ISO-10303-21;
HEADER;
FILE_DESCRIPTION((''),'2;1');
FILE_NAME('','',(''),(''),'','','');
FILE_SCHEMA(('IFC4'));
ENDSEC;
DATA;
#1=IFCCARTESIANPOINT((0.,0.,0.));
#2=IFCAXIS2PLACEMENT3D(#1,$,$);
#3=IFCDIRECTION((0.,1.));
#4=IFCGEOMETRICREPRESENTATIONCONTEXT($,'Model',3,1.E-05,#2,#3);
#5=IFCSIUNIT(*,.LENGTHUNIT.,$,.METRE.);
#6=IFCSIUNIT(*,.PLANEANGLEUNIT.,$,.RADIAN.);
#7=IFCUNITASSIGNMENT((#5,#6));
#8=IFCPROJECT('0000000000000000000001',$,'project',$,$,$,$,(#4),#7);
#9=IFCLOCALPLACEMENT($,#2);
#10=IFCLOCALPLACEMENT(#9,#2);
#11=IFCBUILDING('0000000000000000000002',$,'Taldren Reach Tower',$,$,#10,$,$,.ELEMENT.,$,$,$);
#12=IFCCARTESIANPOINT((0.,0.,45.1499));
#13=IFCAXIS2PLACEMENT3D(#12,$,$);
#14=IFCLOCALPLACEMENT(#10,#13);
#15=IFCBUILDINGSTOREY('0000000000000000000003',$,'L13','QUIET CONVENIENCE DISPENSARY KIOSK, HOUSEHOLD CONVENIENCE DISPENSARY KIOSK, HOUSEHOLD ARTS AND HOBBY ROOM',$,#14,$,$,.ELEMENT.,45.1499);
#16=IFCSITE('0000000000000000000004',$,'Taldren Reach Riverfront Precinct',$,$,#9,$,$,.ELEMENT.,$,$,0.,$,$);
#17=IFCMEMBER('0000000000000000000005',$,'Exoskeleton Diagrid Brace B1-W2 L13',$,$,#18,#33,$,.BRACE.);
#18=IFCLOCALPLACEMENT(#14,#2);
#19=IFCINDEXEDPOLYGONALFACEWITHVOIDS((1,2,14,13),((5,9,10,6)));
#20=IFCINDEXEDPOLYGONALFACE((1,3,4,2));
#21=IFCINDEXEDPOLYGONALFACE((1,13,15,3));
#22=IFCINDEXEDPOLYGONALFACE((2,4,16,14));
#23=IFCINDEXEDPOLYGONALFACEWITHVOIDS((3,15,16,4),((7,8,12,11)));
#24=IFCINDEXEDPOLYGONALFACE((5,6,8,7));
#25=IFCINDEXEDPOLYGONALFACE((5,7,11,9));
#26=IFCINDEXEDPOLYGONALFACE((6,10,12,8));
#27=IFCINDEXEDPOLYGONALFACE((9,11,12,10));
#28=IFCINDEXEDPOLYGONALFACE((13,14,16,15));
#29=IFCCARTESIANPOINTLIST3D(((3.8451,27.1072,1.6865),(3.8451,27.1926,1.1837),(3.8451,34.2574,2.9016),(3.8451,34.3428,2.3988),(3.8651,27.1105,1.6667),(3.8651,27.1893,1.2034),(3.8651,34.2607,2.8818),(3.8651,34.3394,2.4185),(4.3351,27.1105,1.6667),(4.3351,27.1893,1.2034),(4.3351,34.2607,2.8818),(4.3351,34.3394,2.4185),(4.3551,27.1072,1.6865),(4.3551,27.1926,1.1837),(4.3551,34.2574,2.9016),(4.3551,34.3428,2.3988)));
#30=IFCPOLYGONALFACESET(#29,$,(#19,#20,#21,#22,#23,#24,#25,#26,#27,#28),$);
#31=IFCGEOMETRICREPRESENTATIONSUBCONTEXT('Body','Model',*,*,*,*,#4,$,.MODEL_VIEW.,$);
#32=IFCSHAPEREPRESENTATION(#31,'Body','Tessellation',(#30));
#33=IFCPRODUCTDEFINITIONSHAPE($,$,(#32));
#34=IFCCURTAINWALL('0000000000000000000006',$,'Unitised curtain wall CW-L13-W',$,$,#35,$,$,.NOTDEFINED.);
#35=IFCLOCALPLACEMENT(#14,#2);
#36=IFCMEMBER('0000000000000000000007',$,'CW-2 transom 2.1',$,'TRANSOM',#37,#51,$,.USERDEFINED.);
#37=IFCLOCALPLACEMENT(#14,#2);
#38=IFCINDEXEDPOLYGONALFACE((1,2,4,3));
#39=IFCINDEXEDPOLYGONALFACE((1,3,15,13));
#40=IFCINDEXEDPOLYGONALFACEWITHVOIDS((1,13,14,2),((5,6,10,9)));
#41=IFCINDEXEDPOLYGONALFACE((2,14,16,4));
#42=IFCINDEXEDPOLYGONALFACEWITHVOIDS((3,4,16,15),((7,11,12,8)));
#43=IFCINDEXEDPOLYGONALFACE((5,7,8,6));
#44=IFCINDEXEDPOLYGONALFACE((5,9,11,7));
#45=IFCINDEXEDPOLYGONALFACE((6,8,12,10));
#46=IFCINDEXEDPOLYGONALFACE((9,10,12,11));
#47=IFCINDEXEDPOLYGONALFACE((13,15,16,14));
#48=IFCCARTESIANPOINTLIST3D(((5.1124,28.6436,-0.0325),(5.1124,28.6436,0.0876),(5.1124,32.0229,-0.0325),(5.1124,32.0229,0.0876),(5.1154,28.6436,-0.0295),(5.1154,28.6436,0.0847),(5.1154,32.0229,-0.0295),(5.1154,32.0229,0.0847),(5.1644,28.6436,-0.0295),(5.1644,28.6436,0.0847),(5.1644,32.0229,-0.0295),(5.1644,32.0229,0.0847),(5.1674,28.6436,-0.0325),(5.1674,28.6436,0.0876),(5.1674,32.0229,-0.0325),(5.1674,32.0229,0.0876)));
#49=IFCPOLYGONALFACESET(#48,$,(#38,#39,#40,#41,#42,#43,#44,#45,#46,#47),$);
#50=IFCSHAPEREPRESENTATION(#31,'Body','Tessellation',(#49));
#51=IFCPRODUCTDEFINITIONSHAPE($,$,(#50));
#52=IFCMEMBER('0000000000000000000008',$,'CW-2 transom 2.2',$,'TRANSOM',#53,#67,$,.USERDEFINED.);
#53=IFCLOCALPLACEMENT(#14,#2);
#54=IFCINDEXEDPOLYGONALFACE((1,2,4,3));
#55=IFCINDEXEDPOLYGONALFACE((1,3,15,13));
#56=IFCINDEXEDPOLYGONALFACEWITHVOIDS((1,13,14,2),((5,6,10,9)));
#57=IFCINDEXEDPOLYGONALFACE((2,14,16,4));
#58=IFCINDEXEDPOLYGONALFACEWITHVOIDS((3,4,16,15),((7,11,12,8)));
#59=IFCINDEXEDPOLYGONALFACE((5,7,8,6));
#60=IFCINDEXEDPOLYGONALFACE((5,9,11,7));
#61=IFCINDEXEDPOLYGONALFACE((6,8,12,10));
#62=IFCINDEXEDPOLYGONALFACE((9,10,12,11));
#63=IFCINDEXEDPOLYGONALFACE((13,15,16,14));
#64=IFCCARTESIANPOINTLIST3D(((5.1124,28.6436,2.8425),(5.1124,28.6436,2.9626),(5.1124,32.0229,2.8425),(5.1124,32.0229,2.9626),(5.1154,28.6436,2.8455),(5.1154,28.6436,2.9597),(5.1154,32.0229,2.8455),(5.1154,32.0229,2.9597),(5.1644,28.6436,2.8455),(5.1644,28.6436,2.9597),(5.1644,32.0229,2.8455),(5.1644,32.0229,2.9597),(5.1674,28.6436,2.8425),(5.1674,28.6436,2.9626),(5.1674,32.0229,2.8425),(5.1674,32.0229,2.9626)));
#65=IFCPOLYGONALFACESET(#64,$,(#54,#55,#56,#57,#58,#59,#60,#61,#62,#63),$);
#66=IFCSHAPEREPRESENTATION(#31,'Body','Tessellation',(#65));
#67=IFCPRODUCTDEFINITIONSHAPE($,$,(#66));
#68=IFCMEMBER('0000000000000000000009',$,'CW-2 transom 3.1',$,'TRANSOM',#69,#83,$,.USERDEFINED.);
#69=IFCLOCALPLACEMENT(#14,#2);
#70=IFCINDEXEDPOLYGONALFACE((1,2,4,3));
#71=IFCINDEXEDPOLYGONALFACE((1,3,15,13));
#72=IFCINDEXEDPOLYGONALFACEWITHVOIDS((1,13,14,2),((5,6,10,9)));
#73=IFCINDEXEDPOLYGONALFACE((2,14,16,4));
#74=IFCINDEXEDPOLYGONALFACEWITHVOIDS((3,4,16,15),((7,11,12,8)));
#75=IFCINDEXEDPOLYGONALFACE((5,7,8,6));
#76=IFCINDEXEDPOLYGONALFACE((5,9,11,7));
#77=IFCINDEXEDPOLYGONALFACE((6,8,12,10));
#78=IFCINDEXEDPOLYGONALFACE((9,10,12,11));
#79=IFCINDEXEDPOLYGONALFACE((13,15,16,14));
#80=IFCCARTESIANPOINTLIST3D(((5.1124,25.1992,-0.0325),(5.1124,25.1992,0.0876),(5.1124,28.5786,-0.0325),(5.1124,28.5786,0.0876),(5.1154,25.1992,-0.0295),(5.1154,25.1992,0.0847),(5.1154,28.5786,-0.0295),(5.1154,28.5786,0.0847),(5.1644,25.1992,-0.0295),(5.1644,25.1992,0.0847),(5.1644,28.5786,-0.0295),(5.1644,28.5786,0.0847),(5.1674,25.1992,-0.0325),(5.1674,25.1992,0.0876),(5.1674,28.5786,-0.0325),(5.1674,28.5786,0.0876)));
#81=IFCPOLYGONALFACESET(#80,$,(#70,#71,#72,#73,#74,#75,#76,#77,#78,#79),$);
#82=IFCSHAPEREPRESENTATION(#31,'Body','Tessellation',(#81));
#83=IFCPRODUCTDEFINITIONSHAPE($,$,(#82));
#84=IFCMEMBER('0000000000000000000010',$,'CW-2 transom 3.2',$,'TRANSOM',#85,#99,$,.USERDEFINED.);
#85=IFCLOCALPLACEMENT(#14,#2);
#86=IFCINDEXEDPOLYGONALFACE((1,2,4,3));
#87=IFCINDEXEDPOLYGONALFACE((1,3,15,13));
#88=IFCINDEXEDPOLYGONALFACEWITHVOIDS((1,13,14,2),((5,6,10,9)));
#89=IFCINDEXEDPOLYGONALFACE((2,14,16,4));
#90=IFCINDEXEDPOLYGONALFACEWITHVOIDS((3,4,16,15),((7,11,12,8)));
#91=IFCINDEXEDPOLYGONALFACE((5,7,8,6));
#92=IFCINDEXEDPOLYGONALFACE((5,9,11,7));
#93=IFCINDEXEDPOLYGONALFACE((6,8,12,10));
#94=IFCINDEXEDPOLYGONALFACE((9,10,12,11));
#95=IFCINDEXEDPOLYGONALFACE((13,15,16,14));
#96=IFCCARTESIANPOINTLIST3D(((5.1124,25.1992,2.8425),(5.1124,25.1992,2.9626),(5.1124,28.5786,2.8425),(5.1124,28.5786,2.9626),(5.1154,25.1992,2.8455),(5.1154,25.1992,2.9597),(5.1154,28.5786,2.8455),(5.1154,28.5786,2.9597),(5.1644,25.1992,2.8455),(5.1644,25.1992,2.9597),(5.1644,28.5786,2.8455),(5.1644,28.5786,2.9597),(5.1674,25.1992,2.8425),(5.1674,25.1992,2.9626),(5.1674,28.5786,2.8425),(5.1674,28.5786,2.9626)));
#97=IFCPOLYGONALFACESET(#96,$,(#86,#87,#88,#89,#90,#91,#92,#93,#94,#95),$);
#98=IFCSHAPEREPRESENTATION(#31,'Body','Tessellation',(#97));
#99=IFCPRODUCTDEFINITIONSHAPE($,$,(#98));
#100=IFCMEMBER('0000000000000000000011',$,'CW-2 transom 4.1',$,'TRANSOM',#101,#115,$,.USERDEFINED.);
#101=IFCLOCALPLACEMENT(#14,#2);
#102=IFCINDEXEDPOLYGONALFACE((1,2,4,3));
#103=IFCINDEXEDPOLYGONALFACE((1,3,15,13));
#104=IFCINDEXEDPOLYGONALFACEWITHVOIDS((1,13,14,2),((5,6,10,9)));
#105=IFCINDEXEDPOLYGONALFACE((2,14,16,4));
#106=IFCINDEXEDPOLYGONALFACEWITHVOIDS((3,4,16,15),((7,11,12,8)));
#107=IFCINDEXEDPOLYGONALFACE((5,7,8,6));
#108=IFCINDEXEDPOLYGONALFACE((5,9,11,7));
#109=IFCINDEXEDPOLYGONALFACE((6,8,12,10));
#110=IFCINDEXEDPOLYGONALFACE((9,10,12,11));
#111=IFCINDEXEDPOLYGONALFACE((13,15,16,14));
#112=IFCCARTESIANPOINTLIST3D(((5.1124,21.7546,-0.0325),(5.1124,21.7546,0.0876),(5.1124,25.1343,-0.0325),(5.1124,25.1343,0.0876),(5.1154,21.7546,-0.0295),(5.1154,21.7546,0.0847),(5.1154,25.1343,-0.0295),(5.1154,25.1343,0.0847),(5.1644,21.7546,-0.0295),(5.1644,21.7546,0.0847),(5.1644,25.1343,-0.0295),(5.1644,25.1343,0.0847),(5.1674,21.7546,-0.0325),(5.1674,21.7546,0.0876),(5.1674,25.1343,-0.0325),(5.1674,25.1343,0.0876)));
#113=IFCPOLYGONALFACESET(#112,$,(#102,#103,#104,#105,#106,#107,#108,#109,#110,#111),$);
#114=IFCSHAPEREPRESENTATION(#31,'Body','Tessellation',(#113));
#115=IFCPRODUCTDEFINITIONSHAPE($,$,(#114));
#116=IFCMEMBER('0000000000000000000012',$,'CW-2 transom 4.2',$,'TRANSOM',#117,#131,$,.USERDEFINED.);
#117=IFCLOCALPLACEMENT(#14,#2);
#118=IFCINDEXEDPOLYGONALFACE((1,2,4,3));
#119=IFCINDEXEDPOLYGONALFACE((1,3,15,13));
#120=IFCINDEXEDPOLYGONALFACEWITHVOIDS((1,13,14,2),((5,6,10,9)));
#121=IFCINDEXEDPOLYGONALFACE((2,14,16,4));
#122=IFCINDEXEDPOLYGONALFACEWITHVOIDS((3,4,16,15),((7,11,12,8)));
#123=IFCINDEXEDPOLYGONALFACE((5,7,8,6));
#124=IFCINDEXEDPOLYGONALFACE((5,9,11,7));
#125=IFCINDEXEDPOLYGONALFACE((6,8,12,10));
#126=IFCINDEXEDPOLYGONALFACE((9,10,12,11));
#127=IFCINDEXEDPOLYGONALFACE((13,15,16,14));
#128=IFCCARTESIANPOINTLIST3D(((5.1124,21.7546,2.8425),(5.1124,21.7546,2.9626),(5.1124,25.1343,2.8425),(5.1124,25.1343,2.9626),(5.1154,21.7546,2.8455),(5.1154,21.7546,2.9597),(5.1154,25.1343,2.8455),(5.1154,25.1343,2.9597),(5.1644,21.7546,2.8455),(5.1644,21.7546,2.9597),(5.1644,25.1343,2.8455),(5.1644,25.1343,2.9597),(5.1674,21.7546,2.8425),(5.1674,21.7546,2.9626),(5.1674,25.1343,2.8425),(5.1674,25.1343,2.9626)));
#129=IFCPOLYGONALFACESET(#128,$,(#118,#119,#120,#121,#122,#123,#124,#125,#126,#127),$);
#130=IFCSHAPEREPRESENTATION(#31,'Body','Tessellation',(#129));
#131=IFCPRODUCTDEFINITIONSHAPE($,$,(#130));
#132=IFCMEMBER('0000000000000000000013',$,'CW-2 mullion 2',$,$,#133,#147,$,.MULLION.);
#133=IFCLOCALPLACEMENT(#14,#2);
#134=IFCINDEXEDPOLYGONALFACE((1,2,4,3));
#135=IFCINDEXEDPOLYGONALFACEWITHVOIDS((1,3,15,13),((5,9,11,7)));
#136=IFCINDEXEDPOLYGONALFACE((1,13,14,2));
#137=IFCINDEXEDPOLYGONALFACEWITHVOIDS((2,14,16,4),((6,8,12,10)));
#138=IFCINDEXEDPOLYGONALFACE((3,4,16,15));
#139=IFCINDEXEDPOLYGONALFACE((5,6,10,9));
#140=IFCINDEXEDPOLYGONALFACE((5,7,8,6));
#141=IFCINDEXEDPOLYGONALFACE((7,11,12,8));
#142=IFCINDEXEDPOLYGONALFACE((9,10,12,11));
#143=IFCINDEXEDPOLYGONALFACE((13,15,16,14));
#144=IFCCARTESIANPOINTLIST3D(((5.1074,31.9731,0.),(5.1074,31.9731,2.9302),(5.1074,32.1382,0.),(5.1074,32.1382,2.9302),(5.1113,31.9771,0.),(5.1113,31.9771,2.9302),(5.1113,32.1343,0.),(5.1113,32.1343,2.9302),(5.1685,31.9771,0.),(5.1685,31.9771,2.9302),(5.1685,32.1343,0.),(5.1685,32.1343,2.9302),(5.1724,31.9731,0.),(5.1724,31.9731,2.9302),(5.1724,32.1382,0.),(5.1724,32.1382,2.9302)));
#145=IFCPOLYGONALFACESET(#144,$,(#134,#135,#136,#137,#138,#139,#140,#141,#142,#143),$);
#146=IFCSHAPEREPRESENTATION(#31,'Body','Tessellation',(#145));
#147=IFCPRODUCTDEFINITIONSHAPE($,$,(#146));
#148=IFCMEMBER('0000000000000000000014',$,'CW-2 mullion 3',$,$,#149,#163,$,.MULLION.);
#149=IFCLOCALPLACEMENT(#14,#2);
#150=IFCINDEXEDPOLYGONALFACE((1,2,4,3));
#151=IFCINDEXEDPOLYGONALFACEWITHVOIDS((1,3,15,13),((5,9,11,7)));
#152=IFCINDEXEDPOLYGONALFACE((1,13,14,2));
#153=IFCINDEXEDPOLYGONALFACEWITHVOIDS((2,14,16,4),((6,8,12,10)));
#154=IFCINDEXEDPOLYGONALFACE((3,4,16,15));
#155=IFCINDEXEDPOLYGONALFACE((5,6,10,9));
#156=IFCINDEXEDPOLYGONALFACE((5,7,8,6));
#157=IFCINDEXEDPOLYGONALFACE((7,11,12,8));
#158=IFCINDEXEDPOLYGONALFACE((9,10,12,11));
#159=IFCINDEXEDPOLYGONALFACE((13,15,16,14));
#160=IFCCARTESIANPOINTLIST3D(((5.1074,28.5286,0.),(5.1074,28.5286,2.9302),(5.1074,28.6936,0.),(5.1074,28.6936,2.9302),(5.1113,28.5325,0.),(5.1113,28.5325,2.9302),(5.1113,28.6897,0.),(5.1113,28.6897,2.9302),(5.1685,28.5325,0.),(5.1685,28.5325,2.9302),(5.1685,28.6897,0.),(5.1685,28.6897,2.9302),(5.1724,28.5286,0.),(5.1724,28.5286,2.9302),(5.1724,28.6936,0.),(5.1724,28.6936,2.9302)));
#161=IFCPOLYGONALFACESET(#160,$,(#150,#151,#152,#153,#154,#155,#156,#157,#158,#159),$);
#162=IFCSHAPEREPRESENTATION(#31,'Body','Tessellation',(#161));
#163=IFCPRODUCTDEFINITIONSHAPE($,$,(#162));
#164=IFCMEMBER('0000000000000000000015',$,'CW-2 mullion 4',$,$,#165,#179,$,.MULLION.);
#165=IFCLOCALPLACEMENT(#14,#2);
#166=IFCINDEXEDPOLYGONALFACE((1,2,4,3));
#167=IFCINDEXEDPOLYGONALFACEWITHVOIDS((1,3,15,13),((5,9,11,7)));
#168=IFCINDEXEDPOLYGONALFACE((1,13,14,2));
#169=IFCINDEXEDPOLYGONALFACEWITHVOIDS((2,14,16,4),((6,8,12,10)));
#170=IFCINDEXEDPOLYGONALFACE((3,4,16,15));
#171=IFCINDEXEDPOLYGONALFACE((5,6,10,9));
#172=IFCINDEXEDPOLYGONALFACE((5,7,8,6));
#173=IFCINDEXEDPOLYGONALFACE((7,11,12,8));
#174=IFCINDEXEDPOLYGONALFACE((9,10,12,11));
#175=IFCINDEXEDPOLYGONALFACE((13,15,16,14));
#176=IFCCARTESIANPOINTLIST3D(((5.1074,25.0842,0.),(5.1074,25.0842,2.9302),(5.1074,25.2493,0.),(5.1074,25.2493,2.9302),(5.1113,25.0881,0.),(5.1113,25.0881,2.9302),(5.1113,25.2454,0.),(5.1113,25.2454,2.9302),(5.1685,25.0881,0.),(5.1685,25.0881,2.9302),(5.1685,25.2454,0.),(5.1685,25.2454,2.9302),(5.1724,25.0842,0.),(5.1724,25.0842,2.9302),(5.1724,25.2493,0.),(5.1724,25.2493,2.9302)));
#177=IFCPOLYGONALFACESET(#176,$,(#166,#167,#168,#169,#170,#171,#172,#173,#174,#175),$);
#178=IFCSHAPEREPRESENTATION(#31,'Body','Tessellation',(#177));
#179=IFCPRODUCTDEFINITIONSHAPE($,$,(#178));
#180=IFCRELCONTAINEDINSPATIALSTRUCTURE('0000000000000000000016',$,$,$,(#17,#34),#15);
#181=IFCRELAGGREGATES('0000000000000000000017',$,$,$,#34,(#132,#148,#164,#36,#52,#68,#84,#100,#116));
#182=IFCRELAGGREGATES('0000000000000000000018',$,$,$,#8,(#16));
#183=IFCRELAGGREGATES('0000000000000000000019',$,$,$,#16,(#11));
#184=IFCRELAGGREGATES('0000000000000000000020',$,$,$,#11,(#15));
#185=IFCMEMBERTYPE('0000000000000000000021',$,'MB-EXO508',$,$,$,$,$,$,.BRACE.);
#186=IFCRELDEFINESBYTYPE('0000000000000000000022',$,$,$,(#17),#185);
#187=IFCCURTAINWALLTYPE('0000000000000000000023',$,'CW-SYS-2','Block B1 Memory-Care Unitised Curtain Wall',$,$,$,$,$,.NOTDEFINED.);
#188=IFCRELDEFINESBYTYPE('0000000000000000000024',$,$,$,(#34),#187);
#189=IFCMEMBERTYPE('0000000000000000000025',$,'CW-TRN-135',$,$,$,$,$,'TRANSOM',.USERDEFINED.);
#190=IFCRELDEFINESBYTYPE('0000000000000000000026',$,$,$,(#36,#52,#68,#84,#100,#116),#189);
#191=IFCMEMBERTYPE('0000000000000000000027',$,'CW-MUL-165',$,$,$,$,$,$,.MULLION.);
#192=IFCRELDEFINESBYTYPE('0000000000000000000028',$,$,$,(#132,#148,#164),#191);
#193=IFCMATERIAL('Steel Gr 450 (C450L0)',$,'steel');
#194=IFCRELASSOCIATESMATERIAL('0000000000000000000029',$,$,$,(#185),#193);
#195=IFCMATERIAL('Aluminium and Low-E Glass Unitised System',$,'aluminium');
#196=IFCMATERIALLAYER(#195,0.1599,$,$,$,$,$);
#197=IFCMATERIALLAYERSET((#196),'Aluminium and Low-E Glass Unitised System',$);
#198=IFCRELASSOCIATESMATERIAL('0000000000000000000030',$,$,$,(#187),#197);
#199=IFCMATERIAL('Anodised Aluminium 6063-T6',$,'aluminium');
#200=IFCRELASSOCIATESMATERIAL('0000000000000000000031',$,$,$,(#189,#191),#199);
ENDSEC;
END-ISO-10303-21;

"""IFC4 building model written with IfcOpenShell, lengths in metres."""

from ifc_helpers import new_model, si_unit, direction, frame, origin, origin_2d, place, context, subcontext, project, spatial, hollow_rectangle, extrude, source, transform, mapped, material, layer, layer_set, material_profile, profile_set, type_object, element, aggregate, save


model = new_model("IFC4")

# Units and contexts
model_context = context("Model", 3, precision=1e-05, world=origin(), true_north=direction((0.0, 1.0)))
body_context = subcontext(model_context, "Body", "Model", "MODEL_VIEW")
ifc_project = project(units=[si_unit("LENGTHUNIT", "METRE"), si_unit("PLANEANGLEUNIT", "RADIAN")], contexts=[model_context])

# Site, building, storey
site_placement = place(None, origin())
site = spatial("IfcSite", under=ifc_project, at=site_placement, Name="Taldren Reach Riverfront Precinct", CompositionType="ELEMENT", RefElevation=0.0)
building_placement = place(site_placement, origin())
building = spatial("IfcBuilding", under=site, at=building_placement, Name="Taldren Reach Tower", CompositionType="ELEMENT")
storey_placement = place(building_placement, frame((0.0, 0.0, 45.1499)))
storey = spatial("IfcBuildingStorey", under=building, at=storey_placement, Name="L13", Description="QUIET CONVENIENCE DISPENSARY KIOSK, HOUSEHOLD CONVENIENCE DISPENSARY KIOSK, HOUSEHOLD ARTS AND HOBBY ROOM", CompositionType="ELEMENT", Elevation=45.1499)

# Member
ifc_material_1 = material(Name="Steel Gr 450 (C450L0)", Category="steel")
ifc_material_profile_1 = material_profile(ifc_material_1, hollow_rectangle(XDim=0.51, YDim=0.51, WallThickness=0.02, at=origin_2d()), Name="510x510x20.0SHS")
ifc_profile_set_1 = profile_set([ifc_material_profile_1], Name="Steel Gr 450 (C450L0)")
member_type_1 = type_object("IfcMemberType", Name="MB-EXO508", PredefinedType="BRACE", material=ifc_profile_set_1)
shared_shape_1 = source(origin(), body_context, "Body", "SweptSolid", [
    extrude(hollow_rectangle(XDim=0.51, YDim=0.51, WallThickness=0.02, at=origin_2d()), origin(), (0.0, 0.0, 1.0), 7.2527),
])
member_1_placement = place(storey_placement, frame((4.1001, 27.1499, 1.4351), z_axis=(0.0, 0.985866, 0.167537), x_axis=(-1.0, 0.0, 0.0)))
element("IfcMember", 1, at=member_1_placement, inside=storey, type_object=member_type_1, Name="Exoskeleton Diagrid Brace B1-W2 L13", PredefinedType="BRACE", context=body_context, shape_type="MappedRepresentation", body=[
    mapped(shared_shape_1, transform((0.0, 0.0, 0.0), scale=1.0)),
])

# Curtain wall, members
ifc_material_2 = material(Name="Aluminium and Low-E Glass Unitised System", Category="aluminium")
ifc_layer_1 = layer(ifc_material_2, 0.1599)
ifc_layer_set_1 = layer_set([ifc_layer_1], Name="Aluminium and Low-E Glass Unitised System")
curtain_wall_type = type_object("IfcCurtainWallType", Name="CW-SYS-2", Description="Block B1 Memory-Care Unitised Curtain Wall", PredefinedType="NOTDEFINED", material=ifc_layer_set_1)
curtain_wall_placement = place(storey_placement, origin())
curtain_wall = element("IfcCurtainWall", 2, at=curtain_wall_placement, inside=storey, type_object=curtain_wall_type, Name="Unitised curtain wall CW-L13-W", PredefinedType="NOTDEFINED")
ifc_material_3 = material(Name="Anodised Aluminium 6063-T6", Category="aluminium")
ifc_material_profile_2 = material_profile(ifc_material_3, hollow_rectangle(XDim=0.0549, YDim=0.1201, WallThickness=0.0029, at=origin_2d()), Name="ALU-120x55x3RHS")
ifc_profile_set_2 = profile_set([ifc_material_profile_2], Name="Anodised Aluminium 6063-T6")
member_type_2 = type_object("IfcMemberType", Name="CW-TRN-135", ElementType="TRANSOM", PredefinedType="USERDEFINED", material=ifc_profile_set_2)
shared_shape_2 = source(origin(), body_context, "Body", "SweptSolid", [
    extrude(hollow_rectangle(XDim=0.0549, YDim=0.1201, WallThickness=0.0029, at=origin_2d()), origin(), (0.0, 0.0, 1.0), 3.3794),
])
member_2_placement = place(storey_placement, frame((5.1399, 32.0229, 0.0276), z_axis=(0.0, -1.0, 0.0), x_axis=(1.0, 0.0, 0.0)))
member_2 = element("IfcMember", 3, at=member_2_placement, type_object=member_type_2, Name="CW-2 transom 2.1", ObjectType="TRANSOM", PredefinedType="USERDEFINED", context=body_context, shape_type="MappedRepresentation", body=[
    mapped(shared_shape_2, transform((0.0, 0.0, 0.0), scale=1.0)),
])
member_3_placement = place(storey_placement, frame((5.1399, 32.0229, 2.9026), z_axis=(0.0, -1.0, 0.0), x_axis=(1.0, 0.0, 0.0)))
member_3 = element("IfcMember", 4, at=member_3_placement, type_object=member_type_2, Name="CW-2 transom 2.2", ObjectType="TRANSOM", PredefinedType="USERDEFINED", context=body_context, shape_type="MappedRepresentation", body=[
    mapped(shared_shape_2, transform((0.0, 0.0, 0.0), scale=1.0)),
])
member_4_placement = place(storey_placement, frame((5.1399, 28.5786, 0.0276), z_axis=(0.0, -1.0, 0.0), x_axis=(1.0, 0.0, 0.0)))
member_4 = element("IfcMember", 5, at=member_4_placement, type_object=member_type_2, Name="CW-2 transom 3.1", ObjectType="TRANSOM", PredefinedType="USERDEFINED", context=body_context, shape_type="MappedRepresentation", body=[
    mapped(shared_shape_2, transform((0.0, 0.0, 0.0), scale=1.0)),
])
member_5_placement = place(storey_placement, frame((5.1399, 28.5786, 2.9026), z_axis=(0.0, -1.0, 0.0), x_axis=(1.0, 0.0, 0.0)))
member_5 = element("IfcMember", 6, at=member_5_placement, type_object=member_type_2, Name="CW-2 transom 3.2", ObjectType="TRANSOM", PredefinedType="USERDEFINED", context=body_context, shape_type="MappedRepresentation", body=[
    mapped(shared_shape_2, transform((0.0, 0.0, 0.0), scale=1.0)),
])
shared_shape_3 = source(origin(), body_context, "Body", "SweptSolid", [
    extrude(hollow_rectangle(XDim=0.0549, YDim=0.1201, WallThickness=0.0029, at=origin_2d()), origin(), (0.0, 0.0, 1.0), 3.3796),
])
member_6_placement = place(storey_placement, frame((5.1399, 25.1343, 0.0276), z_axis=(0.0, -1.0, 0.0), x_axis=(1.0, 0.0, 0.0)))
member_6 = element("IfcMember", 7, at=member_6_placement, type_object=member_type_2, Name="CW-2 transom 4.1", ObjectType="TRANSOM", PredefinedType="USERDEFINED", context=body_context, shape_type="MappedRepresentation", body=[
    mapped(shared_shape_3, transform((0.0, 0.0, 0.0), scale=1.0)),
])
member_7_placement = place(storey_placement, frame((5.1399, 25.1343, 2.9026), z_axis=(0.0, -1.0, 0.0), x_axis=(1.0, 0.0, 0.0)))
member_7 = element("IfcMember", 8, at=member_7_placement, type_object=member_type_2, Name="CW-2 transom 4.2", ObjectType="TRANSOM", PredefinedType="USERDEFINED", context=body_context, shape_type="MappedRepresentation", body=[
    mapped(shared_shape_3, transform((0.0, 0.0, 0.0), scale=1.0)),
])
ifc_material_profile_3 = material_profile(ifc_material_3, hollow_rectangle(XDim=0.0649, YDim=0.165, WallThickness=0.0039, at=origin_2d()), Name="ALU-165x65x4RHS")
ifc_profile_set_3 = profile_set([ifc_material_profile_3], Name="Anodised Aluminium 6063-T6")
member_type_3 = type_object("IfcMemberType", Name="CW-MUL-165", PredefinedType="MULLION", material=ifc_profile_set_3)
shared_shape_4 = source(origin(), body_context, "Body", "SweptSolid", [
    extrude(hollow_rectangle(XDim=0.0649, YDim=0.165, WallThickness=0.0039, at=origin_2d()), origin(), (0.0, 0.0, 1.0), 2.9302),
])
member_8_placement = place(storey_placement, frame((5.1399, 32.0557, 0.0), z_axis=(0.0, 0.0, 1.0), x_axis=(1.0, 0.0, 0.0)))
member_8 = element("IfcMember", 9, at=member_8_placement, type_object=member_type_3, Name="CW-2 mullion 2", PredefinedType="MULLION", context=body_context, shape_type="MappedRepresentation", body=[
    mapped(shared_shape_4, transform((0.0, 0.0, 0.0), scale=1.0)),
])
member_9_placement = place(storey_placement, frame((5.1399, 28.6111, 0.0), z_axis=(0.0, 0.0, 1.0), x_axis=(1.0, 0.0, 0.0)))
member_9 = element("IfcMember", 10, at=member_9_placement, type_object=member_type_3, Name="CW-2 mullion 3", PredefinedType="MULLION", context=body_context, shape_type="MappedRepresentation", body=[
    mapped(shared_shape_4, transform((0.0, 0.0, 0.0), scale=1.0)),
])
member_10_placement = place(storey_placement, frame((5.1399, 25.1667, 0.0), z_axis=(0.0, 0.0, 1.0), x_axis=(1.0, 0.0, 0.0)))
member_10 = element("IfcMember", 11, at=member_10_placement, type_object=member_type_3, Name="CW-2 mullion 4", PredefinedType="MULLION", context=body_context, shape_type="MappedRepresentation", body=[
    mapped(shared_shape_4, transform((0.0, 0.0, 0.0), scale=1.0)),
])
aggregate(curtain_wall, [member_8, member_9, member_10, member_2, member_3, member_4, member_5, member_6, member_7])

save(model, "model.ifc")
